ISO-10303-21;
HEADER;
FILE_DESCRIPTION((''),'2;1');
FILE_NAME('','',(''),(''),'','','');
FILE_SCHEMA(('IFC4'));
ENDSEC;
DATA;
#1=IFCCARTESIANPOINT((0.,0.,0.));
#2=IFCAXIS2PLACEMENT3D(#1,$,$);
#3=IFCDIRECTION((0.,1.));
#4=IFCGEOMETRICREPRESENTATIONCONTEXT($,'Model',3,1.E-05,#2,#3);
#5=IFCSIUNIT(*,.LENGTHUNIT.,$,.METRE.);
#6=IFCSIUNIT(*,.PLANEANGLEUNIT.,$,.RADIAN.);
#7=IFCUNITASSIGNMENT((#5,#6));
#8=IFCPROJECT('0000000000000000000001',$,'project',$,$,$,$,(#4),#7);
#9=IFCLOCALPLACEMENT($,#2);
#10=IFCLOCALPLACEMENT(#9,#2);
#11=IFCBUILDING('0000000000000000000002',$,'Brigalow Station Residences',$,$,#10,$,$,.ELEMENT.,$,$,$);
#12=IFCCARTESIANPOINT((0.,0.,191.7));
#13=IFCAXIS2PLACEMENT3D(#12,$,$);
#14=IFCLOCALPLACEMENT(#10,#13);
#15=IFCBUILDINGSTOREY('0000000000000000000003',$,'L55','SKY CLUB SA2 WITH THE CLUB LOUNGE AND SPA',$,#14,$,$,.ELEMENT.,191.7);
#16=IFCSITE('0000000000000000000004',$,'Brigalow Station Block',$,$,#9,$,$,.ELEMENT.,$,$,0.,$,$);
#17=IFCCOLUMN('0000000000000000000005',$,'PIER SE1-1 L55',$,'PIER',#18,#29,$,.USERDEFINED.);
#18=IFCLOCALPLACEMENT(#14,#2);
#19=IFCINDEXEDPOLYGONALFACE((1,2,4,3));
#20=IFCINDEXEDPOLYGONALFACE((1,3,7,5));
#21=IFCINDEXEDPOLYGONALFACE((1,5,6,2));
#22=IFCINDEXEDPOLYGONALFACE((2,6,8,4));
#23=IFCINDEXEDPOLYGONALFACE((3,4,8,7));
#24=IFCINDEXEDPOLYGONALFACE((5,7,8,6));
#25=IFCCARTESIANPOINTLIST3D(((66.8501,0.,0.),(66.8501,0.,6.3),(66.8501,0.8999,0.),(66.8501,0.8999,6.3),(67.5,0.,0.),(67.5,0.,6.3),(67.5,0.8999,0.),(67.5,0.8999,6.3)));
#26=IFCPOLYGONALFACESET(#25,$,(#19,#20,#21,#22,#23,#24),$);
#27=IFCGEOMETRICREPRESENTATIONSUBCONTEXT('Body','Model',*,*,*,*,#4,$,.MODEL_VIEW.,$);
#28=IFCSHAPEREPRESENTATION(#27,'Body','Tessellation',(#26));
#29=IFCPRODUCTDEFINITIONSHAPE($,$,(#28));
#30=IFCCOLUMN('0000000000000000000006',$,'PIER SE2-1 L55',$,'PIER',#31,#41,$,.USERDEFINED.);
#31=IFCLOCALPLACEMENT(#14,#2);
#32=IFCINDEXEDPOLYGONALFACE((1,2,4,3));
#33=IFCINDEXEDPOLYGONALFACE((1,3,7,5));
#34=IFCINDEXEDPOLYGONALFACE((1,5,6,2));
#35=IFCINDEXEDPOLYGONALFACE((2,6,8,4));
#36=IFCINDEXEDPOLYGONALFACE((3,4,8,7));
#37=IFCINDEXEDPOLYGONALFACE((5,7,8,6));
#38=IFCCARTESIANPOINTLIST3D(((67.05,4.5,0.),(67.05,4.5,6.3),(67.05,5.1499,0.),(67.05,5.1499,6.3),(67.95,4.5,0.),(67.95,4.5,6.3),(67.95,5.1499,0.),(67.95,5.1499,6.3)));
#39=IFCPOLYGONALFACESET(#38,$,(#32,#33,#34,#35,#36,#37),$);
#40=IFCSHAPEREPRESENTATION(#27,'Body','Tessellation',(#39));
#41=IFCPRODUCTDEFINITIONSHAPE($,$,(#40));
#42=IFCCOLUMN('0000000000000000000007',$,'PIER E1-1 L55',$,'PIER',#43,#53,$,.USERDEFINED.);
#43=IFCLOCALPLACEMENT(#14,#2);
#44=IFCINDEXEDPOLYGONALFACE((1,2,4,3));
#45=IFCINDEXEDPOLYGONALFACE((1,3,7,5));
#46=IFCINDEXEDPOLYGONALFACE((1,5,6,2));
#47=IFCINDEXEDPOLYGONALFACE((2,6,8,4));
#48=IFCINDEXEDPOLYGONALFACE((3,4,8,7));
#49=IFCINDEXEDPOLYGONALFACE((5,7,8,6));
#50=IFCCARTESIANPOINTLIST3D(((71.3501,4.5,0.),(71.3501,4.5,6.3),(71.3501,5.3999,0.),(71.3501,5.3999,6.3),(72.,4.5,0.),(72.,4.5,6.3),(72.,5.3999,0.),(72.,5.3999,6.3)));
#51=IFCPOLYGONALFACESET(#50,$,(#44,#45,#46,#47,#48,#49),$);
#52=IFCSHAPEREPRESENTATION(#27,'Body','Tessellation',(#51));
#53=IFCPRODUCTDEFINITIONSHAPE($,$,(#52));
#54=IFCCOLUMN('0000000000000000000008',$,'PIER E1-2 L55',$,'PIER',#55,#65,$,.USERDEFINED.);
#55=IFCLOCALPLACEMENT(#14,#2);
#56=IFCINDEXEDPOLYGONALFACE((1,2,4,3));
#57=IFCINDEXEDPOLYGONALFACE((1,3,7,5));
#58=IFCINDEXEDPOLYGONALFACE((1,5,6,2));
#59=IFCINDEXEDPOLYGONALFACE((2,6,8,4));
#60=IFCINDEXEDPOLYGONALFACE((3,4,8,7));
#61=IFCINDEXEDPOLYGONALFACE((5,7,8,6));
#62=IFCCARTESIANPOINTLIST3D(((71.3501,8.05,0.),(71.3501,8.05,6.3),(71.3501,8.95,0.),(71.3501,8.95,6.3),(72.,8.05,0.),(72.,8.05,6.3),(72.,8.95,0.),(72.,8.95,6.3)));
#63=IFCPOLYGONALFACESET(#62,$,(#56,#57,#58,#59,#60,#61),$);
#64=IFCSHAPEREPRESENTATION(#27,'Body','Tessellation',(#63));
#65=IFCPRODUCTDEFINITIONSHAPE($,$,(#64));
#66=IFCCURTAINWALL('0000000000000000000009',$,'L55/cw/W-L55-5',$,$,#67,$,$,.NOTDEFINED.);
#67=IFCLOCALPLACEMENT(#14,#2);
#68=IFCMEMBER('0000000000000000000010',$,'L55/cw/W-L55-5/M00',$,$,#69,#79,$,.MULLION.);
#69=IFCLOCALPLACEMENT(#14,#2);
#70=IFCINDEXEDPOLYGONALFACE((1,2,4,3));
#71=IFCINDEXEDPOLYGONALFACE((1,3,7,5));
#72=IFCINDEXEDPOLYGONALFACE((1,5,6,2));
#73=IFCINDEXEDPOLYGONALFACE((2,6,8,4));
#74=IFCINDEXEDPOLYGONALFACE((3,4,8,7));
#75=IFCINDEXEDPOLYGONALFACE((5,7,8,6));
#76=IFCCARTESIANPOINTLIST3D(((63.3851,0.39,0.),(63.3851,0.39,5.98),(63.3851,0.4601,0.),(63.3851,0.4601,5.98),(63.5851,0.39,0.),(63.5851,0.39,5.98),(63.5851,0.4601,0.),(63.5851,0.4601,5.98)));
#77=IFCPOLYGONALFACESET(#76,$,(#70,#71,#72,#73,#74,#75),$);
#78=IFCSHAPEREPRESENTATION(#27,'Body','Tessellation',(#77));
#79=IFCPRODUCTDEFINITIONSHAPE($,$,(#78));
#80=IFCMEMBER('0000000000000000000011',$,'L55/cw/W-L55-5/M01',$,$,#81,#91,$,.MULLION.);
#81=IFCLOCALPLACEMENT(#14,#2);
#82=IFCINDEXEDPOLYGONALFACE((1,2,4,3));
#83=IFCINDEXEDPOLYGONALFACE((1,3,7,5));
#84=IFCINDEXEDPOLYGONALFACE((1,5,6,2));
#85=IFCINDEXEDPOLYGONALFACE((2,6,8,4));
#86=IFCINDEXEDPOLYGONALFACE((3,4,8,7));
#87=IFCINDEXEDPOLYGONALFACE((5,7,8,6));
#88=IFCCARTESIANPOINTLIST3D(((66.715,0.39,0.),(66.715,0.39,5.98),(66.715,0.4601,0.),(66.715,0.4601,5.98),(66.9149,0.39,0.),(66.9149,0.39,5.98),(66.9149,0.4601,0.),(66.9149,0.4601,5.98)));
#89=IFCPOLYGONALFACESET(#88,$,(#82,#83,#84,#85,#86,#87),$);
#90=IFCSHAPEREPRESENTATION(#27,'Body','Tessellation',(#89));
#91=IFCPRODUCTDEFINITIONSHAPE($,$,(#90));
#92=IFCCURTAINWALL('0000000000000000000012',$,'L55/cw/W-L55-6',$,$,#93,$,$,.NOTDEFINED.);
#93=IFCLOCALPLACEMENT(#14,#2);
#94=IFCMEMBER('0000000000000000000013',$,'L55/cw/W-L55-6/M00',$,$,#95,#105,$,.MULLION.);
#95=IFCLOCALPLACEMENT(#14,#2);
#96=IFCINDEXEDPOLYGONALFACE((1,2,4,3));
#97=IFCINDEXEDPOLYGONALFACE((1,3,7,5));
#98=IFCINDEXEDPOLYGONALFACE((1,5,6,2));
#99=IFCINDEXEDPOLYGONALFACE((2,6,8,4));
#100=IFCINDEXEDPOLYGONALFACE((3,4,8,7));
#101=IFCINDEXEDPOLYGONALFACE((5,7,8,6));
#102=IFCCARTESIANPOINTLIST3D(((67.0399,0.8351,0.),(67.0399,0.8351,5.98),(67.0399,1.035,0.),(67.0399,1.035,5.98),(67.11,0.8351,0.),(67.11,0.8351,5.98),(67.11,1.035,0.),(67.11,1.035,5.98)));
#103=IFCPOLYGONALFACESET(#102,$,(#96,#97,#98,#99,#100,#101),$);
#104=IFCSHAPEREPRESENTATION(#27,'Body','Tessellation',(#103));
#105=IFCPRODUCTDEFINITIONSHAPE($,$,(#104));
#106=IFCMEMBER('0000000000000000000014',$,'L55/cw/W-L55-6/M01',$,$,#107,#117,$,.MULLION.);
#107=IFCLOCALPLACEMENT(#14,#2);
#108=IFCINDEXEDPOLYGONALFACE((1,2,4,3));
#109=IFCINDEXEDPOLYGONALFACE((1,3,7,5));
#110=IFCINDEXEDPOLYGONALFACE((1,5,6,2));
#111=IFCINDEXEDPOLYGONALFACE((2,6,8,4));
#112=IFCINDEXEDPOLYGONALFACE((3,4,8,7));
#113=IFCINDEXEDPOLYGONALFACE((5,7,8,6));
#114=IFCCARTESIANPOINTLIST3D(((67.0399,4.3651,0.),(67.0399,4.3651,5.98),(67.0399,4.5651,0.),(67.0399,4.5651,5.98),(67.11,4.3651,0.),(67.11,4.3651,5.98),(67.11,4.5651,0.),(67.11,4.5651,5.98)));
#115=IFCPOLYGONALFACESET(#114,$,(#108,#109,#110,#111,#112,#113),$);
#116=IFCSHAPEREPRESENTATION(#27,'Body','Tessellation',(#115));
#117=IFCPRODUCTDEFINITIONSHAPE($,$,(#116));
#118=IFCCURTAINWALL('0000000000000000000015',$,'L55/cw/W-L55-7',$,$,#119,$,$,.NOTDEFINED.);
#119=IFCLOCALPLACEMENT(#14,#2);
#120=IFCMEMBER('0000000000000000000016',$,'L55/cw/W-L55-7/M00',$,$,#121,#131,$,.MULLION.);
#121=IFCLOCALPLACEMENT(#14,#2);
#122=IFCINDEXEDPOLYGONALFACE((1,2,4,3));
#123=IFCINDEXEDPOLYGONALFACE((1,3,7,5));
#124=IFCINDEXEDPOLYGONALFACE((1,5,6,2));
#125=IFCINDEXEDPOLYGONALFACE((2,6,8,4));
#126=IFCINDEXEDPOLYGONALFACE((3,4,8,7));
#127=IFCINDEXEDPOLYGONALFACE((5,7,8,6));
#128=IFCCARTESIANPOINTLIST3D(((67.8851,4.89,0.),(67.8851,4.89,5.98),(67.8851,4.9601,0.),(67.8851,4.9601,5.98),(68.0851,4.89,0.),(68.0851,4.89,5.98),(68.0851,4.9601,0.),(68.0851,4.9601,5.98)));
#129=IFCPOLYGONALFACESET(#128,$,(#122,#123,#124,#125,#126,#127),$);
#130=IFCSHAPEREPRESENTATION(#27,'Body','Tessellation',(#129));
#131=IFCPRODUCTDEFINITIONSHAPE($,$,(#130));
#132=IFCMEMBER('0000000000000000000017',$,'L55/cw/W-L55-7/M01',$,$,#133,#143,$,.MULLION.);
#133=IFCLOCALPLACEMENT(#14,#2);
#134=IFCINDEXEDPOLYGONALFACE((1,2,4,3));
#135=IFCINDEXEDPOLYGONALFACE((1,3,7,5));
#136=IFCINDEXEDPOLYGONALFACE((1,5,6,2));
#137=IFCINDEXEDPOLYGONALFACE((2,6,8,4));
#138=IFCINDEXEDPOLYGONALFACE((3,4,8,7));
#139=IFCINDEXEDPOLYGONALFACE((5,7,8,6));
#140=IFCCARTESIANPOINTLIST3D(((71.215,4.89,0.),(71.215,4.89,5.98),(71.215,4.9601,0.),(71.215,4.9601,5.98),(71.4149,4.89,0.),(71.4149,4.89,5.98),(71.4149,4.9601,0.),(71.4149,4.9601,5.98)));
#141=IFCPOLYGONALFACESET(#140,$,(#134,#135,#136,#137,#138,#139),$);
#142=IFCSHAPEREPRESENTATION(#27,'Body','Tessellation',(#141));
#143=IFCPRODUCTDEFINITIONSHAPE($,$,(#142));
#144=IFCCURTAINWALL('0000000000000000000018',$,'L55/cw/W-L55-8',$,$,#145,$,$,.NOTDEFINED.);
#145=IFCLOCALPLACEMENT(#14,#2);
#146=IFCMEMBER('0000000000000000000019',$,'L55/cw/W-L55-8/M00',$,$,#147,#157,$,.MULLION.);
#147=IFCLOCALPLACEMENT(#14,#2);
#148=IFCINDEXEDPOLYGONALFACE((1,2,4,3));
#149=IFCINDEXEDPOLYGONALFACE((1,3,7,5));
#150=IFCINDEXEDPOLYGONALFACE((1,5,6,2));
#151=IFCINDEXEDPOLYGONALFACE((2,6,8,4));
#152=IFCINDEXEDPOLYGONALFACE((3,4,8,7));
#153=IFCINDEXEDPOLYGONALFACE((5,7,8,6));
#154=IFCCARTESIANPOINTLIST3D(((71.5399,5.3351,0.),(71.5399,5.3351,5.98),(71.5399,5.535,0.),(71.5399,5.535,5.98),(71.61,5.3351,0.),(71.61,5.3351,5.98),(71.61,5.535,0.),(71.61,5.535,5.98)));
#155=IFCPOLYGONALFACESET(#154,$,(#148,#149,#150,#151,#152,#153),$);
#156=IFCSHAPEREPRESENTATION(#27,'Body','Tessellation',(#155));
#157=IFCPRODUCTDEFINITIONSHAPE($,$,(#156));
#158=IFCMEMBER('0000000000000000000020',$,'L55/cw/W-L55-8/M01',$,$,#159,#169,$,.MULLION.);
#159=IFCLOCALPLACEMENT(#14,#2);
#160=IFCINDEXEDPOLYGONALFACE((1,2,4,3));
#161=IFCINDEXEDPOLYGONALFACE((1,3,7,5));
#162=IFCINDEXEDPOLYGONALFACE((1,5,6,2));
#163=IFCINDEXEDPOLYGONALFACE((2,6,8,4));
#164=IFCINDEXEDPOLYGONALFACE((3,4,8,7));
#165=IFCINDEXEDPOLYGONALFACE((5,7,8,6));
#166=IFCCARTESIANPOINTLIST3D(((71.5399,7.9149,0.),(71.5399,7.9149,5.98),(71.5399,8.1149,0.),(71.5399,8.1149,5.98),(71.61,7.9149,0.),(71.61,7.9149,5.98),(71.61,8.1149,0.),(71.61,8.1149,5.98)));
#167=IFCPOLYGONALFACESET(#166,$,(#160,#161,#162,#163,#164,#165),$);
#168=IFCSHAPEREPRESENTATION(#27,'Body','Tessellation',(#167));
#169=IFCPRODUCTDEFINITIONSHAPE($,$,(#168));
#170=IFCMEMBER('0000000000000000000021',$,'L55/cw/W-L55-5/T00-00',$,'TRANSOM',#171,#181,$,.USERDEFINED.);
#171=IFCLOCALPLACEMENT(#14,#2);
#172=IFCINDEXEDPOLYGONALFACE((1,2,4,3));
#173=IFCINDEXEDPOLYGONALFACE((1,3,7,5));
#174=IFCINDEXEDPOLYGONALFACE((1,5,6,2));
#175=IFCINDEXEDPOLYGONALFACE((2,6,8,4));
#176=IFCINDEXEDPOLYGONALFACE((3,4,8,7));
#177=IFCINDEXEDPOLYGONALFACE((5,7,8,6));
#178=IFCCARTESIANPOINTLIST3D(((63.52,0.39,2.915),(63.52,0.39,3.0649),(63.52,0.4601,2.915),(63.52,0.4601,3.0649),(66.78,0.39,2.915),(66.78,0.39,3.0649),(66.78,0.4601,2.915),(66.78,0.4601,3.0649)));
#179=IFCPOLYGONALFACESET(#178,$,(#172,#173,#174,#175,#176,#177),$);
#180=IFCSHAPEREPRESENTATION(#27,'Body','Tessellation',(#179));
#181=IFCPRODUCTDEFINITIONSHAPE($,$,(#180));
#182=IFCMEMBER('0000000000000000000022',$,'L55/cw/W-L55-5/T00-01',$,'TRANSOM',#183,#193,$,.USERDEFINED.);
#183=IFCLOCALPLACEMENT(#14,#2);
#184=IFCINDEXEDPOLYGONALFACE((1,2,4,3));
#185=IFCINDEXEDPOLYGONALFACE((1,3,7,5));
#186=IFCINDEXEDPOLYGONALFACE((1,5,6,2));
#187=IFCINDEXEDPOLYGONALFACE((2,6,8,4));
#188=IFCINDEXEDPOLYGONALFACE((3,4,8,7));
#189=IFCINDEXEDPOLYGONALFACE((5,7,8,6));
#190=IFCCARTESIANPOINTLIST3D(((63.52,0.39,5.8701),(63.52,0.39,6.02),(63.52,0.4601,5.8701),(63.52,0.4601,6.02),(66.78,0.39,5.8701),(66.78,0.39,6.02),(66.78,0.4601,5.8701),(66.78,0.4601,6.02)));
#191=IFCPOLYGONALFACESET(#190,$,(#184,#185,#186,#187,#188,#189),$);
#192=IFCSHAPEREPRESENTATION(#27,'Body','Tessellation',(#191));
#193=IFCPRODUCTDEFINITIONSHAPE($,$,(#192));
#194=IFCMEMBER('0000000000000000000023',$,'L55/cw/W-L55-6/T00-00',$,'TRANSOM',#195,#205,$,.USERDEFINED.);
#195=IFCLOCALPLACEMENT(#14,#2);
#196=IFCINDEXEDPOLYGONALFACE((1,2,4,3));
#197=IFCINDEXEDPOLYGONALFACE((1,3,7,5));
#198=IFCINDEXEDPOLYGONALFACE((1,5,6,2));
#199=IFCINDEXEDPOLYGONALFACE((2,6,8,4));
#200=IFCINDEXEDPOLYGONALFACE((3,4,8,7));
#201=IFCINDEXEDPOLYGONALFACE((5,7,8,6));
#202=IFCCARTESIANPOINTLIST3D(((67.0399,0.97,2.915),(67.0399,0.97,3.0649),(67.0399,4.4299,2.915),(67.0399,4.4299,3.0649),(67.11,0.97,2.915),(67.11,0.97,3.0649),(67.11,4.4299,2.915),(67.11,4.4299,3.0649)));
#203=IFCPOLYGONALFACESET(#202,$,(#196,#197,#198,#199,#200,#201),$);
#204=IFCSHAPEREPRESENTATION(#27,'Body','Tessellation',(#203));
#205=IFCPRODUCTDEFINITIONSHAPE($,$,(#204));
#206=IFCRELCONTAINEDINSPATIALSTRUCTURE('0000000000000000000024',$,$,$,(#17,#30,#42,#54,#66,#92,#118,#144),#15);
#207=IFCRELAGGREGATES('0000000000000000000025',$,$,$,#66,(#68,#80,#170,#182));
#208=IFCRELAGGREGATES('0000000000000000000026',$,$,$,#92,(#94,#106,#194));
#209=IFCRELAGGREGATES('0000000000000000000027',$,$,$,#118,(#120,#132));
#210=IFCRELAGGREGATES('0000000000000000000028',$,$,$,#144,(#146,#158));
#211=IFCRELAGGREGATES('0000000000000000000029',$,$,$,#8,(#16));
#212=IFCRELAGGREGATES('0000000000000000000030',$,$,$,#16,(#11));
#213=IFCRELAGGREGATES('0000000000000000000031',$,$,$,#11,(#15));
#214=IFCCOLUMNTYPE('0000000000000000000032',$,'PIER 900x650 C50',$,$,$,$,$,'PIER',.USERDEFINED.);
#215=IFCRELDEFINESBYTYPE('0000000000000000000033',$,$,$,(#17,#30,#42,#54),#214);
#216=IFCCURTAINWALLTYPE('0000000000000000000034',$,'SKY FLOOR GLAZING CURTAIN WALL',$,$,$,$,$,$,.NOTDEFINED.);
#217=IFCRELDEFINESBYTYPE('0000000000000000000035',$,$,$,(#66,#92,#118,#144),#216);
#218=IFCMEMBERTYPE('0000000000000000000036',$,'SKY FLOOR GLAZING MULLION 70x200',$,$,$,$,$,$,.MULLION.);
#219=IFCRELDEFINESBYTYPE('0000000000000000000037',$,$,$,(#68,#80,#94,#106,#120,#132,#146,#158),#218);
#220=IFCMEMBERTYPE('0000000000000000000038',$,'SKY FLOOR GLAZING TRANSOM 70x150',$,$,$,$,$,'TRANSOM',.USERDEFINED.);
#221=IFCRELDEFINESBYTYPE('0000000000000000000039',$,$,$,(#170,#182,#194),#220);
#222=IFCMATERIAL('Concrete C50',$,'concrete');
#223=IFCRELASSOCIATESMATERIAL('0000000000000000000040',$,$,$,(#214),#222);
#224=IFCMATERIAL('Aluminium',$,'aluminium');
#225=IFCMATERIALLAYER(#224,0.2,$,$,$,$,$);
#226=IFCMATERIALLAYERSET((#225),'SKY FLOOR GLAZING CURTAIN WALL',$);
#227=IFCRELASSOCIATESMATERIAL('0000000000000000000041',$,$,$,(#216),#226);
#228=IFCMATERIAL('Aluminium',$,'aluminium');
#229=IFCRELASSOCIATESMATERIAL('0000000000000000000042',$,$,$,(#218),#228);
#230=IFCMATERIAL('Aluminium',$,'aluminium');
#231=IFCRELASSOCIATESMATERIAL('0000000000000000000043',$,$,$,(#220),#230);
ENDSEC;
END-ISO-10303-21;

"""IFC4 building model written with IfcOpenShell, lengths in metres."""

from ifc_helpers import new_model, si_unit, direction, frame, origin, origin_2d, place, context, subcontext, project, spatial, rectangle, extrude, material, layer, layer_set, material_profile, profile_set, type_object, element, aggregate, save


model = new_model("IFC4")

# Units and contexts
model_context = context("Model", 3, precision=1e-05, world=origin(), true_north=direction((0.0, 1.0)))
body_context = subcontext(model_context, "Body", "Model", "MODEL_VIEW")
ifc_project = project(units=[si_unit("LENGTHUNIT", "METRE"), si_unit("PLANEANGLEUNIT", "RADIAN")], contexts=[model_context])

# Site, building, storey
site_placement = place(None, origin())
site = spatial("IfcSite", under=ifc_project, at=site_placement, Name="Brigalow Station Block", CompositionType="ELEMENT", RefElevation=0.0)
building_placement = place(site_placement, origin())
building = spatial("IfcBuilding", under=site, at=building_placement, Name="Brigalow Station Residences", CompositionType="ELEMENT")
storey_placement = place(building_placement, frame((0.0, 0.0, 191.7)))
storey = spatial("IfcBuildingStorey", under=building, at=storey_placement, Name="L55", Description="SKY CLUB SA2 WITH THE CLUB LOUNGE AND SPA", CompositionType="ELEMENT", Elevation=191.7)

# Columns
ifc_material_1 = material(Name="Concrete C50", Category="concrete")
ifc_material_profile_1 = material_profile(ifc_material_1, rectangle(XDim=0.8999, YDim=0.6499, at=origin_2d()), Name="RC900x650")
ifc_profile_set_1 = profile_set([ifc_material_profile_1], Name="Concrete C50")
column_type = type_object("IfcColumnType", Name="PIER 900x650 C50", ElementType="PIER", PredefinedType="USERDEFINED", material=ifc_profile_set_1)
for number, where, z_axis, x_axis, name in (
    (1, (67.175, 0.45, 0.0), (0.0, 0.0, 1.0), (0.0, 1.0, 0.0), "PIER SE1-1 L55"),
    (2, (67.5, 4.825, 0.0), (0.0, 0.0, 1.0), (1.0, 0.0, 0.0), "PIER SE2-1 L55"),
    (3, (71.675, 4.95, 0.0), (0.0, 0.0, 1.0), (0.0, 1.0, 0.0), "PIER E1-1 L55"),
    (4, (71.675, 8.5, 0.0), (0.0, 0.0, 1.0), (0.0, 1.0, 0.0), "PIER E1-2 L55"),
):
    element("IfcColumn", number, at=place(storey_placement, frame(where, z_axis=z_axis, x_axis=x_axis)), inside=storey, type_object=column_type, Name=name, ObjectType="PIER", PredefinedType="USERDEFINED", context=body_context, shape_type="SweptSolid", body=[
        extrude(rectangle(XDim=0.8999, YDim=0.6499, at=origin_2d()), origin(), (0.0, 0.0, 1.0), 6.3),
    ])

# Curtain walls, members
ifc_material_2 = material(Name="Aluminium", Category="aluminium")
ifc_layer_1 = layer(ifc_material_2, 0.2)
ifc_layer_set_1 = layer_set([ifc_layer_1], Name="SKY FLOOR GLAZING CURTAIN WALL")
curtain_wall_type = type_object("IfcCurtainWallType", Name="SKY FLOOR GLAZING CURTAIN WALL", PredefinedType="NOTDEFINED", material=ifc_layer_set_1)
curtain_wall_1_placement = place(storey_placement, origin())
curtain_wall_1 = element("IfcCurtainWall", 5, at=curtain_wall_1_placement, inside=storey, type_object=curtain_wall_type, Name="L55/cw/W-L55-5", PredefinedType="NOTDEFINED")
ifc_material_3 = material(Name="Aluminium", Category="aluminium")
ifc_material_profile_2 = material_profile(ifc_material_3, rectangle(XDim=0.0701, YDim=0.2, at=origin_2d()), Name="SKY FLOOR GLAZING MULLION 70x200")
ifc_profile_set_2 = profile_set([ifc_material_profile_2], Name="Aluminium")
member_type_1 = type_object("IfcMemberType", Name="SKY FLOOR GLAZING MULLION 70x200", PredefinedType="MULLION", material=ifc_profile_set_2)
member_1_placement = place(storey_placement, frame((63.4851, 0.425, 0.0), z_axis=(0.0, 0.0, 1.0), x_axis=(0.0, 1.0, 0.0)))
member_1 = element("IfcMember", 6, at=member_1_placement, type_object=member_type_1, Name="L55/cw/W-L55-5/M00", PredefinedType="MULLION", context=body_context, shape_type="SweptSolid", body=[
    extrude(rectangle(XDim=0.0701, YDim=0.2, at=origin_2d()), origin(), (0.0, 0.0, 1.0), 5.98),
])
member_2_placement = place(storey_placement, frame((66.8149, 0.425, 0.0), z_axis=(0.0, 0.0, 1.0), x_axis=(0.0, 1.0, 0.0)))
member_2 = element("IfcMember", 7, at=member_2_placement, type_object=member_type_1, Name="L55/cw/W-L55-5/M01", PredefinedType="MULLION", context=body_context, shape_type="SweptSolid", body=[
    extrude(rectangle(XDim=0.0701, YDim=0.2, at=origin_2d()), origin(), (0.0, 0.0, 1.0), 5.98),
])
curtain_wall_2_placement = place(storey_placement, origin())
curtain_wall_2 = element("IfcCurtainWall", 8, at=curtain_wall_2_placement, inside=storey, type_object=curtain_wall_type, Name="L55/cw/W-L55-6", PredefinedType="NOTDEFINED")
member_3_placement = place(storey_placement, frame((67.075, 0.9351, 0.0), z_axis=(0.0, 0.0, 1.0), x_axis=(-1.0, 0.0, 0.0)))
member_3 = element("IfcMember", 9, at=member_3_placement, type_object=member_type_1, Name="L55/cw/W-L55-6/M00", PredefinedType="MULLION", context=body_context, shape_type="SweptSolid", body=[
    extrude(rectangle(XDim=0.0701, YDim=0.2, at=origin_2d()), origin(), (0.0, 0.0, 1.0), 5.98),
])
member_4_placement = place(storey_placement, frame((67.075, 4.4651, 0.0), z_axis=(0.0, 0.0, 1.0), x_axis=(-1.0, 0.0, 0.0)))
member_4 = element("IfcMember", 10, at=member_4_placement, type_object=member_type_1, Name="L55/cw/W-L55-6/M01", PredefinedType="MULLION", context=body_context, shape_type="SweptSolid", body=[
    extrude(rectangle(XDim=0.0701, YDim=0.2, at=origin_2d()), origin(), (0.0, 0.0, 1.0), 5.98),
])
curtain_wall_3_placement = place(storey_placement, origin())
curtain_wall_3 = element("IfcCurtainWall", 11, at=curtain_wall_3_placement, inside=storey, type_object=curtain_wall_type, Name="L55/cw/W-L55-7", PredefinedType="NOTDEFINED")
member_5_placement = place(storey_placement, frame((67.9851, 4.925, 0.0), z_axis=(0.0, 0.0, 1.0), x_axis=(0.0, 1.0, 0.0)))
member_5 = element("IfcMember", 12, at=member_5_placement, type_object=member_type_1, Name="L55/cw/W-L55-7/M00", PredefinedType="MULLION", context=body_context, shape_type="SweptSolid", body=[
    extrude(rectangle(XDim=0.0701, YDim=0.2, at=origin_2d()), origin(), (0.0, 0.0, 1.0), 5.98),
])
member_6_placement = place(storey_placement, frame((71.3149, 4.925, 0.0), z_axis=(0.0, 0.0, 1.0), x_axis=(0.0, 1.0, 0.0)))
member_6 = element("IfcMember", 13, at=member_6_placement, type_object=member_type_1, Name="L55/cw/W-L55-7/M01", PredefinedType="MULLION", context=body_context, shape_type="SweptSolid", body=[
    extrude(rectangle(XDim=0.0701, YDim=0.2, at=origin_2d()), origin(), (0.0, 0.0, 1.0), 5.98),
])
curtain_wall_4_placement = place(storey_placement, origin())
curtain_wall_4 = element("IfcCurtainWall", 14, at=curtain_wall_4_placement, inside=storey, type_object=curtain_wall_type, Name="L55/cw/W-L55-8", PredefinedType="NOTDEFINED")
member_7_placement = place(storey_placement, frame((71.575, 5.4351, 0.0), z_axis=(0.0, 0.0, 1.0), x_axis=(-1.0, 0.0, 0.0)))
member_7 = element("IfcMember", 15, at=member_7_placement, type_object=member_type_1, Name="L55/cw/W-L55-8/M00", PredefinedType="MULLION", context=body_context, shape_type="SweptSolid", body=[
    extrude(rectangle(XDim=0.0701, YDim=0.2, at=origin_2d()), origin(), (0.0, 0.0, 1.0), 5.98),
])
member_8_placement = place(storey_placement, frame((71.575, 8.0149, 0.0), z_axis=(0.0, 0.0, 1.0), x_axis=(-1.0, 0.0, 0.0)))
member_8 = element("IfcMember", 16, at=member_8_placement, type_object=member_type_1, Name="L55/cw/W-L55-8/M01", PredefinedType="MULLION", context=body_context, shape_type="SweptSolid", body=[
    extrude(rectangle(XDim=0.0701, YDim=0.2, at=origin_2d()), origin(), (0.0, 0.0, 1.0), 5.98),
])

# Members
ifc_material_4 = material(Name="Aluminium", Category="aluminium")
ifc_material_profile_3 = material_profile(ifc_material_4, rectangle(XDim=0.0701, YDim=0.1499, at=origin_2d()), Name="SKY FLOOR GLAZING TRANSOM 70x150")
ifc_profile_set_3 = profile_set([ifc_material_profile_3], Name="Aluminium")
member_type_2 = type_object("IfcMemberType", Name="SKY FLOOR GLAZING TRANSOM 70x150", ElementType="TRANSOM", PredefinedType="USERDEFINED", material=ifc_profile_set_3)
member_9_placement = place(storey_placement, frame((63.52, 0.425, 2.99), z_axis=(1.0, 0.0, 0.0), x_axis=(0.0, 1.0, 0.0)))
member_9 = element("IfcMember", 17, at=member_9_placement, type_object=member_type_2, Name="L55/cw/W-L55-5/T00-00", ObjectType="TRANSOM", PredefinedType="USERDEFINED", context=body_context, shape_type="SweptSolid", body=[
    extrude(rectangle(XDim=0.0701, YDim=0.1499, at=origin_2d()), origin(), (0.0, 0.0, 1.0), 3.26),
])
member_10_placement = place(storey_placement, frame((63.52, 0.425, 5.9451), z_axis=(1.0, 0.0, 0.0), x_axis=(0.0, 1.0, 0.0)))
member_10 = element("IfcMember", 18, at=member_10_placement, type_object=member_type_2, Name="L55/cw/W-L55-5/T00-01", ObjectType="TRANSOM", PredefinedType="USERDEFINED", context=body_context, shape_type="SweptSolid", body=[
    extrude(rectangle(XDim=0.0701, YDim=0.1499, at=origin_2d()), origin(), (0.0, 0.0, 1.0), 3.26),
])
member_11_placement = place(storey_placement, frame((67.075, 0.97, 2.99), z_axis=(0.0, 1.0, 0.0), x_axis=(-1.0, 0.0, 0.0)))
member_11 = element("IfcMember", 19, at=member_11_placement, type_object=member_type_2, Name="L55/cw/W-L55-6/T00-00", ObjectType="TRANSOM", PredefinedType="USERDEFINED", context=body_context, shape_type="SweptSolid", body=[
    extrude(rectangle(XDim=0.0701, YDim=0.1499, at=origin_2d()), origin(), (0.0, 0.0, 1.0), 3.46),
])

aggregate(curtain_wall_1, [member_1, member_2, member_9, member_10])
aggregate(curtain_wall_2, [member_3, member_4, member_11])
aggregate(curtain_wall_3, [member_5, member_6])
aggregate(curtain_wall_4, [member_7, member_8])

save(model, "model.ifc")
